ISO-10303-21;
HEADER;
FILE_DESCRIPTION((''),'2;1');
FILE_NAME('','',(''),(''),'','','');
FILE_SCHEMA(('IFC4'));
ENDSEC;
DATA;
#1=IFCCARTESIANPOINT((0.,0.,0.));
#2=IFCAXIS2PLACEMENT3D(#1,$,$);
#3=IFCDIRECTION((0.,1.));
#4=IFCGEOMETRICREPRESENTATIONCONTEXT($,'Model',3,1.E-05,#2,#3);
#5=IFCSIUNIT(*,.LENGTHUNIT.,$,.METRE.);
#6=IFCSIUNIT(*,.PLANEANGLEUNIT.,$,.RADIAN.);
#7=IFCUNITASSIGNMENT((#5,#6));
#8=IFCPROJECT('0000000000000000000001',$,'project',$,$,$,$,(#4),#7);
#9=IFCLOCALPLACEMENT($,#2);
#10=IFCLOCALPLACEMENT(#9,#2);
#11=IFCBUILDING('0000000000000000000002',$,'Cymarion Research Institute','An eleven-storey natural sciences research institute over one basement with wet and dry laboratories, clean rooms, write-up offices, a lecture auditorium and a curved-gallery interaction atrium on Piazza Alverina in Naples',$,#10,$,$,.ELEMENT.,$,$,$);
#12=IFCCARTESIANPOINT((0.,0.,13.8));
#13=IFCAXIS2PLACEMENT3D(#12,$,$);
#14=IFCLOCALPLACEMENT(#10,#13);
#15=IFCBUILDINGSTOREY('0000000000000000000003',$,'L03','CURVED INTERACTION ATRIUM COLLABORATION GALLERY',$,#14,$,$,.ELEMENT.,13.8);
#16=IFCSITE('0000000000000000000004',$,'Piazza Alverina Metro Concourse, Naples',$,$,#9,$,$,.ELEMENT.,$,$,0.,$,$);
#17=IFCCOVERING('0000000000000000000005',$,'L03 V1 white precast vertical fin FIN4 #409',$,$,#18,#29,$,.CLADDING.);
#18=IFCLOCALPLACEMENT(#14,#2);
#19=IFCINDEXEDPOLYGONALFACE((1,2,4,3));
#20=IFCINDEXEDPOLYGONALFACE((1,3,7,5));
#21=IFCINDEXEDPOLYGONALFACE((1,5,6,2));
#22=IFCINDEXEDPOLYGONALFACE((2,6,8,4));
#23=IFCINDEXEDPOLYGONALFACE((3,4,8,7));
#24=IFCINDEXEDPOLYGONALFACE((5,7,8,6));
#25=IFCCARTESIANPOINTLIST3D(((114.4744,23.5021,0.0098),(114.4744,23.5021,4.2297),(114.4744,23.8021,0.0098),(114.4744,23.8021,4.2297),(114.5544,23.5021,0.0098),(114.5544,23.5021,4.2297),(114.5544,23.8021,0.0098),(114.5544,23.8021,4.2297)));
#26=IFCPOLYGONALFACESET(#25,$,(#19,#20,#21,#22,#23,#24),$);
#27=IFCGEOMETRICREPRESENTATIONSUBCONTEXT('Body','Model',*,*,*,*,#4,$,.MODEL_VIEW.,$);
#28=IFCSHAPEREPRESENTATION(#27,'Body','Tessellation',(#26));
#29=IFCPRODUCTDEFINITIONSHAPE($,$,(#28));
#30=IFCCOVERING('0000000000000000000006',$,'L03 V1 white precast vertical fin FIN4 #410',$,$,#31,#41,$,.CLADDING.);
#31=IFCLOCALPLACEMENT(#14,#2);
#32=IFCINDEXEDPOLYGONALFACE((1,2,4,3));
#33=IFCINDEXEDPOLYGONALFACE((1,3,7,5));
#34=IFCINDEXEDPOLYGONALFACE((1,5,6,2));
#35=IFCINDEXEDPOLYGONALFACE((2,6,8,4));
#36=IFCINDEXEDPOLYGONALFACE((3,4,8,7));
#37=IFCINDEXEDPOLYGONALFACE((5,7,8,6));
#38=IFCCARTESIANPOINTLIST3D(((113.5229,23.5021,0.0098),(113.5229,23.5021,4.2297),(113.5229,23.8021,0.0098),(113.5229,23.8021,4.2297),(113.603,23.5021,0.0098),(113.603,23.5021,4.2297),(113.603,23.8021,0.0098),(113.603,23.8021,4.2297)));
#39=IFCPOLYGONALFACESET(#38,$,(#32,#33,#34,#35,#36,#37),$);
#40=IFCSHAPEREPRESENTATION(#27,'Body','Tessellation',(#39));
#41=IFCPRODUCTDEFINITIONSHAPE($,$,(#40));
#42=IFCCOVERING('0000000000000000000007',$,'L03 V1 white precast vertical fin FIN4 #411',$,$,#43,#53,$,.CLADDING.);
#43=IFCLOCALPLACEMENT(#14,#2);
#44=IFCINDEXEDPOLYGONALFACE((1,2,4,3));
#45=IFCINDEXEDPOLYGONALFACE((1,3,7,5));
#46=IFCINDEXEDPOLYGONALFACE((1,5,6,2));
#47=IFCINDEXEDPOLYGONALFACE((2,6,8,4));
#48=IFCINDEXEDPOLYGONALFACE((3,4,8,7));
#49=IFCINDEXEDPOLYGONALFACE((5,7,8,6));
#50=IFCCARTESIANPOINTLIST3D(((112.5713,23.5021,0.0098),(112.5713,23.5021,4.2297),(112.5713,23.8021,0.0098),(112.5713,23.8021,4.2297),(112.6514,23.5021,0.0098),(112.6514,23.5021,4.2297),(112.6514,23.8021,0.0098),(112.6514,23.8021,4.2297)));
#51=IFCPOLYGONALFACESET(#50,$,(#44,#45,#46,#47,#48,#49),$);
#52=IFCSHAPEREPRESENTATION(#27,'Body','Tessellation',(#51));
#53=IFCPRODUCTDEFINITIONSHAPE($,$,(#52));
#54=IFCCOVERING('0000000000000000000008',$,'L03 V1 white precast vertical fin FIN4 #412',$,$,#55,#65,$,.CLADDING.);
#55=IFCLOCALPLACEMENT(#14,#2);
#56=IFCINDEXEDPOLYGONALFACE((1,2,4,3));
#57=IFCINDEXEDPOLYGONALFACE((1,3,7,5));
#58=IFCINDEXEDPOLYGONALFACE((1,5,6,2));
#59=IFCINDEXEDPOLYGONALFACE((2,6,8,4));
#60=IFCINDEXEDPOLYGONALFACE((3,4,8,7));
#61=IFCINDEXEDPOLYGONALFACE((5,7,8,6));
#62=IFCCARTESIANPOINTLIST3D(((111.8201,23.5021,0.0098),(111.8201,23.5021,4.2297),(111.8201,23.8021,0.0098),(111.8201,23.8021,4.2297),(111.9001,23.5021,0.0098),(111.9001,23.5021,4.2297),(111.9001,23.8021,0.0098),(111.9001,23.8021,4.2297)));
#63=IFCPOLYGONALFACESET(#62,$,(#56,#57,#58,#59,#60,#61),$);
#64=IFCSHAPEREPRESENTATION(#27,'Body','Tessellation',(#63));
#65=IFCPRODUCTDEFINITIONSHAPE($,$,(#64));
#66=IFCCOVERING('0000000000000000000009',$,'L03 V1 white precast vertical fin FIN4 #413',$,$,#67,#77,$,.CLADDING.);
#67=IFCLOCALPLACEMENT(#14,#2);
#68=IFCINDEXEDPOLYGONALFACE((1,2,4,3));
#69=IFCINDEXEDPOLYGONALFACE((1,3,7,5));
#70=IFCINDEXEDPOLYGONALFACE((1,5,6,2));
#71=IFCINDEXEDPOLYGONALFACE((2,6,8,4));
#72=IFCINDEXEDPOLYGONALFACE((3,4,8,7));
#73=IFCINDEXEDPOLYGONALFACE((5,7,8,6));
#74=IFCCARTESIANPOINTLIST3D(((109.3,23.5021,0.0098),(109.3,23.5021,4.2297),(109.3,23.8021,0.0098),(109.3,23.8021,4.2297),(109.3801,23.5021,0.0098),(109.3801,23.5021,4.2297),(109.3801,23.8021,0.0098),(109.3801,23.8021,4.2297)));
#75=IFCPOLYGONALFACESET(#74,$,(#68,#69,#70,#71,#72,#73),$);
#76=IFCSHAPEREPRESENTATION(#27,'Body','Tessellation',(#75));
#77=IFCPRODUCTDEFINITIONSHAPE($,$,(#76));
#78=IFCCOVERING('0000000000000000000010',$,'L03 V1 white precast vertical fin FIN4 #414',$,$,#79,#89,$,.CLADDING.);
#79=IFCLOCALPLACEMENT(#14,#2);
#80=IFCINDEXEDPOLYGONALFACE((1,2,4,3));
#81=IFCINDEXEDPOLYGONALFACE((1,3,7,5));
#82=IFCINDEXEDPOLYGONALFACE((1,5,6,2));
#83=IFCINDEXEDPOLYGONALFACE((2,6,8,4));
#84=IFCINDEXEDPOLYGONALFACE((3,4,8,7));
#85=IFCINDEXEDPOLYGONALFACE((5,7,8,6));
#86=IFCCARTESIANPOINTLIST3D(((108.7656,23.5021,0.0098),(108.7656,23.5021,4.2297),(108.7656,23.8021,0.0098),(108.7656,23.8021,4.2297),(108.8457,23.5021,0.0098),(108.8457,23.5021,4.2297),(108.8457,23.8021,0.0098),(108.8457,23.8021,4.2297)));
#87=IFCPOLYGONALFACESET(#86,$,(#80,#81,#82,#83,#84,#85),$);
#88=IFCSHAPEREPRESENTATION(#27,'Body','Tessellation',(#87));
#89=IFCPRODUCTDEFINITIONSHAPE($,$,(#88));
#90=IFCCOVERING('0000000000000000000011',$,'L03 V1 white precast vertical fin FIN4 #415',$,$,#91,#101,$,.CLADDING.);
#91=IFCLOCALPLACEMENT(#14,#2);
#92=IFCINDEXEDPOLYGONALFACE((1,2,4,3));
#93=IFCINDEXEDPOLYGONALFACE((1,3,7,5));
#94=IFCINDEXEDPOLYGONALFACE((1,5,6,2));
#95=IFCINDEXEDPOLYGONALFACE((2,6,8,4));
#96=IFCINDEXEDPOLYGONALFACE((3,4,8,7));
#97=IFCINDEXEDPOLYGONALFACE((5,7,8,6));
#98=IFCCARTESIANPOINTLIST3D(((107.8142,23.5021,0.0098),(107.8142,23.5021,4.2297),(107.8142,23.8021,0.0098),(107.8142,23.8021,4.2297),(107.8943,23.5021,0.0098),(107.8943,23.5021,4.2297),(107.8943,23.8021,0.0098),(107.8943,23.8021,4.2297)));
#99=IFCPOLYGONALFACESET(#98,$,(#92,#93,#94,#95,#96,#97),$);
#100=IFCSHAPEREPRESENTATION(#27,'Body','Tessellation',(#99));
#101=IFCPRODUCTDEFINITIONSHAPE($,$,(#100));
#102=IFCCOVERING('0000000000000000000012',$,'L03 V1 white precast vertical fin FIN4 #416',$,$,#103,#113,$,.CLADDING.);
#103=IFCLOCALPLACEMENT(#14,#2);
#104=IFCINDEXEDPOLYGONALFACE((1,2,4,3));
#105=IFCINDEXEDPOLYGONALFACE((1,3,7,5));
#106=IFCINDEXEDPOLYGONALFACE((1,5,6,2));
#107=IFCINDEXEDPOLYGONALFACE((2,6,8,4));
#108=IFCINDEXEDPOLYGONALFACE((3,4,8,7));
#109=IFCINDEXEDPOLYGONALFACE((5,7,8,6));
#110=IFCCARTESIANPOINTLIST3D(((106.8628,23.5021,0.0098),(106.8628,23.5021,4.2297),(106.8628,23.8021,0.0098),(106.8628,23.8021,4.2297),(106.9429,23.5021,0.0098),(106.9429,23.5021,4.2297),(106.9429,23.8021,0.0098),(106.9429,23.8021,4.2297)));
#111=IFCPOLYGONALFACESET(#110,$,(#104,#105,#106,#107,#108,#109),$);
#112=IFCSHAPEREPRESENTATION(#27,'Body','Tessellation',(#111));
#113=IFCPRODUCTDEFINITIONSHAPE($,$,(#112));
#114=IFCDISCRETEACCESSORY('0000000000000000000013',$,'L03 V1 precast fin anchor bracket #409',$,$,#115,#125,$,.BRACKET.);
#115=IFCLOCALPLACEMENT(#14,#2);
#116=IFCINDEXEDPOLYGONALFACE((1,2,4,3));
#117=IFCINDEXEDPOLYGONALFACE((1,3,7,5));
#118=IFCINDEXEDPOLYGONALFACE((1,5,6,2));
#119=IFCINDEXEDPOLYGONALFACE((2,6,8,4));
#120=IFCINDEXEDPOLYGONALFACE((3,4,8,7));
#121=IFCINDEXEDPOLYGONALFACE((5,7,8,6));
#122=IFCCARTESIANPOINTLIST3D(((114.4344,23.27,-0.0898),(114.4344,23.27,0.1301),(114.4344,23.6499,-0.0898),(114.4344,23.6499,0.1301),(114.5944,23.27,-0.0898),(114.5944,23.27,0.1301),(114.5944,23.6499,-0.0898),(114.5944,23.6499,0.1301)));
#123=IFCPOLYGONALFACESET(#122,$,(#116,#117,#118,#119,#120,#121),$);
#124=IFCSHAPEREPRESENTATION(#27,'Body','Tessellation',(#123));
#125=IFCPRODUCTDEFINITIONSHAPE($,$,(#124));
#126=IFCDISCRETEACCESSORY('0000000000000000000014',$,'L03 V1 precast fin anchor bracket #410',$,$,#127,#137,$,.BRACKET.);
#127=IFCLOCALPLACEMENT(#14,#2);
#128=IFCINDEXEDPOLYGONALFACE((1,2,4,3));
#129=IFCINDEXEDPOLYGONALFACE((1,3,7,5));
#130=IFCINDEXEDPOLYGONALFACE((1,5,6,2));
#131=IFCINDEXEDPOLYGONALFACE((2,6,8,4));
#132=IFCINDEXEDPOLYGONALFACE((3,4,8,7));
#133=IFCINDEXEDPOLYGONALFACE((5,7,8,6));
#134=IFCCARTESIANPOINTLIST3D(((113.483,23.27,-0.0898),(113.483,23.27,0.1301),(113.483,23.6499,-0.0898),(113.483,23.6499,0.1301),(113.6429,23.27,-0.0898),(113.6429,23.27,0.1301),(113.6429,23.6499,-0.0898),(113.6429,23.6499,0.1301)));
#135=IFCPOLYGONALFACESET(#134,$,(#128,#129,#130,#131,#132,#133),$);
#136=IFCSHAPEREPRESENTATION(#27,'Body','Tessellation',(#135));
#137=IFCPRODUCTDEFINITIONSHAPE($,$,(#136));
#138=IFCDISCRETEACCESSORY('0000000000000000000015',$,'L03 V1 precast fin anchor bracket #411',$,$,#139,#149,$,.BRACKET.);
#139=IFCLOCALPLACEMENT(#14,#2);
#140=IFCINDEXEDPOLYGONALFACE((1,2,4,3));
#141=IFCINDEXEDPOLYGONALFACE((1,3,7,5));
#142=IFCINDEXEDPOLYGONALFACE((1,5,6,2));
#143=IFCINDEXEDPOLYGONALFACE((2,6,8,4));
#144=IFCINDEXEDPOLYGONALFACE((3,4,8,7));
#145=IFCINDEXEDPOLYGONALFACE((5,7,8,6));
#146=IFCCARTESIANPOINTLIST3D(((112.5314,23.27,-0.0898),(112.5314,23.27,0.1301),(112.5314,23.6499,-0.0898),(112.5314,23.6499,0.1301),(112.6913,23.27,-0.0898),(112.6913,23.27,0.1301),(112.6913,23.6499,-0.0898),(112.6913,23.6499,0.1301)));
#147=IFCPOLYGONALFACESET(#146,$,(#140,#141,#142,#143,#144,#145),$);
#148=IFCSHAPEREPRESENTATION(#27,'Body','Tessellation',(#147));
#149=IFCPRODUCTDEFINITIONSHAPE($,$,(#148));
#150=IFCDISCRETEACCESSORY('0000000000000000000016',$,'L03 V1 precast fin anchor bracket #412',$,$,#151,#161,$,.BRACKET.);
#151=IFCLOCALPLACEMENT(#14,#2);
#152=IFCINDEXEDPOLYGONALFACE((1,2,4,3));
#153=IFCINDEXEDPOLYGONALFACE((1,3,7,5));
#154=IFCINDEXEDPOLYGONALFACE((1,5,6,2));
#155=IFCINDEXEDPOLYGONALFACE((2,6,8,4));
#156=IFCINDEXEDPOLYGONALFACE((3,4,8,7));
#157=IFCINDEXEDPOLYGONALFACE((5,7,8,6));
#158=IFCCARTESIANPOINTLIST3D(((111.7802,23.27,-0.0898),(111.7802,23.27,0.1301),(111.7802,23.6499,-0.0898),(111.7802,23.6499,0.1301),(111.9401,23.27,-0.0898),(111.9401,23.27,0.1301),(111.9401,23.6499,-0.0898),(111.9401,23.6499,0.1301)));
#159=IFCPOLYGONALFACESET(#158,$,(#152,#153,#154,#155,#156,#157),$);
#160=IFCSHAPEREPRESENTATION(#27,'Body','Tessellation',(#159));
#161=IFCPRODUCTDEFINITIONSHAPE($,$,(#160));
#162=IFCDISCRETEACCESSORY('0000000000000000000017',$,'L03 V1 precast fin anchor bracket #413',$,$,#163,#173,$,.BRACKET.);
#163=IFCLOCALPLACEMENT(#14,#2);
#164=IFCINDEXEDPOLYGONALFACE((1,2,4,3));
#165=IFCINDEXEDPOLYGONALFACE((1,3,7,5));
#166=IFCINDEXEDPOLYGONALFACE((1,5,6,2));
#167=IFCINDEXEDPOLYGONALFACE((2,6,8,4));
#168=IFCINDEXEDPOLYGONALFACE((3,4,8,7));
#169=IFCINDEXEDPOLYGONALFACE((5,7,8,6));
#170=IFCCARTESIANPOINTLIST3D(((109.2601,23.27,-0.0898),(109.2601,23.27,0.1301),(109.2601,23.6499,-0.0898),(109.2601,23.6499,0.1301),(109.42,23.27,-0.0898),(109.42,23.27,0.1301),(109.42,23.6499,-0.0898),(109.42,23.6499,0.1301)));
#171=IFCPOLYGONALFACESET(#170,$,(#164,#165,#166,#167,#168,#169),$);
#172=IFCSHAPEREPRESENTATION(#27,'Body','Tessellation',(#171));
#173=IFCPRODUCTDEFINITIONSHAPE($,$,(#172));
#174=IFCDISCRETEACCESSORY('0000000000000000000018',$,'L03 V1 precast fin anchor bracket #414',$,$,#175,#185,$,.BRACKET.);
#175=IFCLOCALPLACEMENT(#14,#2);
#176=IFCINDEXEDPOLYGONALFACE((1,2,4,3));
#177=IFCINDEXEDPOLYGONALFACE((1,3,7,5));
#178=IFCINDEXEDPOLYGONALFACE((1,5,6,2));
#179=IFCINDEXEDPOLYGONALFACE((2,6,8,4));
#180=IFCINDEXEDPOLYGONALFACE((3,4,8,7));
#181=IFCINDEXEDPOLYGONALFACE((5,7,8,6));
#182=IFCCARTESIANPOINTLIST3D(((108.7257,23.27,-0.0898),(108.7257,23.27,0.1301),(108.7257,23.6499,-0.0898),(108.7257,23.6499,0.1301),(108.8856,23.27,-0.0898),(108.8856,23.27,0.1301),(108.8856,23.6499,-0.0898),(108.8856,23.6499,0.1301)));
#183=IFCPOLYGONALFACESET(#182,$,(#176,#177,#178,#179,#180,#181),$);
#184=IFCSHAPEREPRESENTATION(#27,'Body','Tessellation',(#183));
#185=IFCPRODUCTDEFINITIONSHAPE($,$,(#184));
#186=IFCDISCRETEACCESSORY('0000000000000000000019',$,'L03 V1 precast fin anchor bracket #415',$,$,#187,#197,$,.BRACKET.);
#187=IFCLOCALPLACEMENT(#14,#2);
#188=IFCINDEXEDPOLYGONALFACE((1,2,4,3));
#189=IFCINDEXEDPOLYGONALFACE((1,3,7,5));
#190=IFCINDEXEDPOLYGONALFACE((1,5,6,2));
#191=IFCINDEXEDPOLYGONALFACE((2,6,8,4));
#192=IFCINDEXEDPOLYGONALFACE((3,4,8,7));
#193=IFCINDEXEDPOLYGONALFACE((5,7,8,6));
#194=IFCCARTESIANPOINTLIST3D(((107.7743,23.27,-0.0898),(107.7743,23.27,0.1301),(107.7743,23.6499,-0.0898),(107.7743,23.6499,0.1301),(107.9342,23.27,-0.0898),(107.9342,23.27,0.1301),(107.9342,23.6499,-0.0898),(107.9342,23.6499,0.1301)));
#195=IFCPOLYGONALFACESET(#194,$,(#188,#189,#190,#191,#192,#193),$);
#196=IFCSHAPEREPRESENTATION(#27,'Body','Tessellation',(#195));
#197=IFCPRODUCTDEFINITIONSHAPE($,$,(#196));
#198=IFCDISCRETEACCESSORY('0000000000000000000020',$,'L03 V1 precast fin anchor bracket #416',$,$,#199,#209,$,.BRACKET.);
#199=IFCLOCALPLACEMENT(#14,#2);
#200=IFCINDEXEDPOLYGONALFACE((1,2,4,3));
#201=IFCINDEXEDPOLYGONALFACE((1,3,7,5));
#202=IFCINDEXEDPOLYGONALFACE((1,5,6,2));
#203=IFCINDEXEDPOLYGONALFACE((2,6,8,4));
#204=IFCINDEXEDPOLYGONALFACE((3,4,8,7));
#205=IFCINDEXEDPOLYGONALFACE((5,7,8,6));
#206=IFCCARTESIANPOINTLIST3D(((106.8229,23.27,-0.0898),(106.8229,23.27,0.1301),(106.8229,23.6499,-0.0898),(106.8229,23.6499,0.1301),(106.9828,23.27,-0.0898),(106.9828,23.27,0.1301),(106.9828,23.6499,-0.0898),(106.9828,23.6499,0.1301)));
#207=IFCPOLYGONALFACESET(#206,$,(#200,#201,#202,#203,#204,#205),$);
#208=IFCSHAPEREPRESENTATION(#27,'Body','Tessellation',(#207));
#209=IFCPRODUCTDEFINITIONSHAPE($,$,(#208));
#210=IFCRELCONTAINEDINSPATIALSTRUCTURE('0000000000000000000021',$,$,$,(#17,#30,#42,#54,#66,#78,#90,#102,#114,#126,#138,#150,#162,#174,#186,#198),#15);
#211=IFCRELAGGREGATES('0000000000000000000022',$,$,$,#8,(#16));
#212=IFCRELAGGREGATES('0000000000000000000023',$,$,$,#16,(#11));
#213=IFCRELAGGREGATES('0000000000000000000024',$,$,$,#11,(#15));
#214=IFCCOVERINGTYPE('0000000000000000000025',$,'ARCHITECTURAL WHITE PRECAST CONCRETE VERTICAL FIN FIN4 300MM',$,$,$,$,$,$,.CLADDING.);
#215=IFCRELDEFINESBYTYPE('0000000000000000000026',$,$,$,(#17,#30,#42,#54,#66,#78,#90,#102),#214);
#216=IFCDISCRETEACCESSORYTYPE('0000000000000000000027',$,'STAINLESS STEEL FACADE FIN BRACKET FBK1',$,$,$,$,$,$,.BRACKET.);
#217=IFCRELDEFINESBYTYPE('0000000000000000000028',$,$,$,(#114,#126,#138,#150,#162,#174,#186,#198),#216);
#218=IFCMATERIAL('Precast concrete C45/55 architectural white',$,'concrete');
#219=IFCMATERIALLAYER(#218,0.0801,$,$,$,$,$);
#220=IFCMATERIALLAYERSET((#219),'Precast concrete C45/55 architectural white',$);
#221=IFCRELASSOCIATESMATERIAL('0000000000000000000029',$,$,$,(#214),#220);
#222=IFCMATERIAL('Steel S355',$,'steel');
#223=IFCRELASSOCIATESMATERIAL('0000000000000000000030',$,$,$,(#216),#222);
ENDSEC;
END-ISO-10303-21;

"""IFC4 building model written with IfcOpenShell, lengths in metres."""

from ifc_helpers import new_model, si_unit, direction, frame, origin, origin_2d, place, context, subcontext, project, spatial, rectangle, extrude, material, layer, layer_set, type_object, element, save


model = new_model("IFC4")

# Units and contexts
model_context = context("Model", 3, precision=1e-05, world=origin(), true_north=direction((0.0, 1.0)))
body_context = subcontext(model_context, "Body", "Model", "MODEL_VIEW")
ifc_project = project(units=[si_unit("LENGTHUNIT", "METRE"), si_unit("PLANEANGLEUNIT", "RADIAN")], contexts=[model_context])

# Site, building, storey
site_placement = place(None, origin())
site = spatial("IfcSite", under=ifc_project, at=site_placement, Name="Piazza Alverina Metro Concourse, Naples", CompositionType="ELEMENT", RefElevation=0.0)
building_placement = place(site_placement, origin())
building = spatial("IfcBuilding", under=site, at=building_placement, Name="Cymarion Research Institute", Description="An eleven-storey natural sciences research institute over one basement with wet and dry laboratories, clean rooms, write-up offices, a lecture auditorium and a curved-gallery interaction atrium on Piazza Alverina in Naples", CompositionType="ELEMENT")
storey_placement = place(building_placement, frame((0.0, 0.0, 13.8)))
storey = spatial("IfcBuildingStorey", under=building, at=storey_placement, Name="L03", Description="CURVED INTERACTION ATRIUM COLLABORATION GALLERY", CompositionType="ELEMENT", Elevation=13.8)

# Shared definitions
ifc_material_1 = material(Name="Steel S355", Category="steel")

# Coverings
ifc_material_2 = material(Name="Precast concrete C45/55 architectural white", Category="concrete")
ifc_layer = layer(ifc_material_2, 0.0801)
ifc_layer_set = layer_set([ifc_layer], Name="Precast concrete C45/55 architectural white")
covering_type = type_object("IfcCoveringType", Name="ARCHITECTURAL WHITE PRECAST CONCRETE VERTICAL FIN FIN4 300MM", PredefinedType="CLADDING", material=ifc_layer_set)
for number, where, z_axis, x_axis, name in (
    (1, (114.5144, 23.6521, 0.0098), (0.0, 0.0, 1.0), (0.0, 1.0, 0.0), "L03 V1 white precast vertical fin FIN4 #409"),
    (2, (113.563, 23.6521, 0.0098), (0.0, 0.0, 1.0), (0.0, 1.0, 0.0), "L03 V1 white precast vertical fin FIN4 #410"),
    (3, (112.6113, 23.6521, 0.0098), (0.0, 0.0, 1.0), (0.0, 1.0, 0.0), "L03 V1 white precast vertical fin FIN4 #411"),
    (4, (111.8601, 23.6521, 0.0098), (0.0, 0.0, 1.0), (0.0, 1.0, 0.0), "L03 V1 white precast vertical fin FIN4 #412"),
    (5, (109.3401, 23.6521, 0.0098), (0.0, 0.0, 1.0), (0.0, 1.0, 0.0), "L03 V1 white precast vertical fin FIN4 #413"),
    (6, (108.8057, 23.6521, 0.0098), (0.0, 0.0, 1.0), (0.0, 1.0, 0.0), "L03 V1 white precast vertical fin FIN4 #414"),
    (7, (107.8542, 23.6521, 0.0098), (0.0, 0.0, 1.0), (0.0, 1.0, 0.0), "L03 V1 white precast vertical fin FIN4 #415"),
    (8, (106.9028, 23.6521, 0.0098), (0.0, 0.0, 1.0), (0.0, 1.0, 0.0), "L03 V1 white precast vertical fin FIN4 #416"),
):
    element("IfcCovering", number, at=place(storey_placement, frame(where, z_axis=z_axis, x_axis=x_axis)), inside=storey, type_object=covering_type, Name=name, PredefinedType="CLADDING", context=body_context, shape_type="SweptSolid", body=[
        extrude(rectangle(XDim=0.3, YDim=0.0801, at=origin_2d()), origin(), (0.0, 0.0, 1.0), 4.22),
    ])

# Discrete accessories
discrete_accessory_type = type_object("IfcDiscreteAccessoryType", Name="STAINLESS STEEL FACADE FIN BRACKET FBK1", PredefinedType="BRACKET", material=ifc_material_1)
for number, where, z_axis, x_axis, name in (
    (9, (114.5144, 23.46, -0.0898), (0.0, 0.0, 1.0), (0.0, 1.0, 0.0), "L03 V1 precast fin anchor bracket #409"),
    (10, (113.563, 23.46, -0.0898), (0.0, 0.0, 1.0), (0.0, 1.0, 0.0), "L03 V1 precast fin anchor bracket #410"),
    (11, (112.6113, 23.46, -0.0898), (0.0, 0.0, 1.0), (0.0, 1.0, 0.0), "L03 V1 precast fin anchor bracket #411"),
    (12, (111.8601, 23.46, -0.0898), (0.0, 0.0, 1.0), (0.0, 1.0, 0.0), "L03 V1 precast fin anchor bracket #412"),
    (13, (109.3401, 23.46, -0.0898), (0.0, 0.0, 1.0), (0.0, 1.0, 0.0), "L03 V1 precast fin anchor bracket #413"),
    (14, (108.8057, 23.46, -0.0898), (0.0, 0.0, 1.0), (0.0, 1.0, 0.0), "L03 V1 precast fin anchor bracket #414"),
    (15, (107.8542, 23.46, -0.0898), (0.0, 0.0, 1.0), (0.0, 1.0, 0.0), "L03 V1 precast fin anchor bracket #415"),
    (16, (106.9028, 23.46, -0.0898), (0.0, 0.0, 1.0), (0.0, 1.0, 0.0), "L03 V1 precast fin anchor bracket #416"),
):
    element("IfcDiscreteAccessory", number, at=place(storey_placement, frame(where, z_axis=z_axis, x_axis=x_axis)), inside=storey, type_object=discrete_accessory_type, Name=name, PredefinedType="BRACKET", context=body_context, shape_type="SweptSolid", body=[
        extrude(rectangle(XDim=0.3799, YDim=0.1599, at=origin_2d()), origin(), (0.0, 0.0, 1.0), 0.22),
    ])

save(model, "model.ifc")
